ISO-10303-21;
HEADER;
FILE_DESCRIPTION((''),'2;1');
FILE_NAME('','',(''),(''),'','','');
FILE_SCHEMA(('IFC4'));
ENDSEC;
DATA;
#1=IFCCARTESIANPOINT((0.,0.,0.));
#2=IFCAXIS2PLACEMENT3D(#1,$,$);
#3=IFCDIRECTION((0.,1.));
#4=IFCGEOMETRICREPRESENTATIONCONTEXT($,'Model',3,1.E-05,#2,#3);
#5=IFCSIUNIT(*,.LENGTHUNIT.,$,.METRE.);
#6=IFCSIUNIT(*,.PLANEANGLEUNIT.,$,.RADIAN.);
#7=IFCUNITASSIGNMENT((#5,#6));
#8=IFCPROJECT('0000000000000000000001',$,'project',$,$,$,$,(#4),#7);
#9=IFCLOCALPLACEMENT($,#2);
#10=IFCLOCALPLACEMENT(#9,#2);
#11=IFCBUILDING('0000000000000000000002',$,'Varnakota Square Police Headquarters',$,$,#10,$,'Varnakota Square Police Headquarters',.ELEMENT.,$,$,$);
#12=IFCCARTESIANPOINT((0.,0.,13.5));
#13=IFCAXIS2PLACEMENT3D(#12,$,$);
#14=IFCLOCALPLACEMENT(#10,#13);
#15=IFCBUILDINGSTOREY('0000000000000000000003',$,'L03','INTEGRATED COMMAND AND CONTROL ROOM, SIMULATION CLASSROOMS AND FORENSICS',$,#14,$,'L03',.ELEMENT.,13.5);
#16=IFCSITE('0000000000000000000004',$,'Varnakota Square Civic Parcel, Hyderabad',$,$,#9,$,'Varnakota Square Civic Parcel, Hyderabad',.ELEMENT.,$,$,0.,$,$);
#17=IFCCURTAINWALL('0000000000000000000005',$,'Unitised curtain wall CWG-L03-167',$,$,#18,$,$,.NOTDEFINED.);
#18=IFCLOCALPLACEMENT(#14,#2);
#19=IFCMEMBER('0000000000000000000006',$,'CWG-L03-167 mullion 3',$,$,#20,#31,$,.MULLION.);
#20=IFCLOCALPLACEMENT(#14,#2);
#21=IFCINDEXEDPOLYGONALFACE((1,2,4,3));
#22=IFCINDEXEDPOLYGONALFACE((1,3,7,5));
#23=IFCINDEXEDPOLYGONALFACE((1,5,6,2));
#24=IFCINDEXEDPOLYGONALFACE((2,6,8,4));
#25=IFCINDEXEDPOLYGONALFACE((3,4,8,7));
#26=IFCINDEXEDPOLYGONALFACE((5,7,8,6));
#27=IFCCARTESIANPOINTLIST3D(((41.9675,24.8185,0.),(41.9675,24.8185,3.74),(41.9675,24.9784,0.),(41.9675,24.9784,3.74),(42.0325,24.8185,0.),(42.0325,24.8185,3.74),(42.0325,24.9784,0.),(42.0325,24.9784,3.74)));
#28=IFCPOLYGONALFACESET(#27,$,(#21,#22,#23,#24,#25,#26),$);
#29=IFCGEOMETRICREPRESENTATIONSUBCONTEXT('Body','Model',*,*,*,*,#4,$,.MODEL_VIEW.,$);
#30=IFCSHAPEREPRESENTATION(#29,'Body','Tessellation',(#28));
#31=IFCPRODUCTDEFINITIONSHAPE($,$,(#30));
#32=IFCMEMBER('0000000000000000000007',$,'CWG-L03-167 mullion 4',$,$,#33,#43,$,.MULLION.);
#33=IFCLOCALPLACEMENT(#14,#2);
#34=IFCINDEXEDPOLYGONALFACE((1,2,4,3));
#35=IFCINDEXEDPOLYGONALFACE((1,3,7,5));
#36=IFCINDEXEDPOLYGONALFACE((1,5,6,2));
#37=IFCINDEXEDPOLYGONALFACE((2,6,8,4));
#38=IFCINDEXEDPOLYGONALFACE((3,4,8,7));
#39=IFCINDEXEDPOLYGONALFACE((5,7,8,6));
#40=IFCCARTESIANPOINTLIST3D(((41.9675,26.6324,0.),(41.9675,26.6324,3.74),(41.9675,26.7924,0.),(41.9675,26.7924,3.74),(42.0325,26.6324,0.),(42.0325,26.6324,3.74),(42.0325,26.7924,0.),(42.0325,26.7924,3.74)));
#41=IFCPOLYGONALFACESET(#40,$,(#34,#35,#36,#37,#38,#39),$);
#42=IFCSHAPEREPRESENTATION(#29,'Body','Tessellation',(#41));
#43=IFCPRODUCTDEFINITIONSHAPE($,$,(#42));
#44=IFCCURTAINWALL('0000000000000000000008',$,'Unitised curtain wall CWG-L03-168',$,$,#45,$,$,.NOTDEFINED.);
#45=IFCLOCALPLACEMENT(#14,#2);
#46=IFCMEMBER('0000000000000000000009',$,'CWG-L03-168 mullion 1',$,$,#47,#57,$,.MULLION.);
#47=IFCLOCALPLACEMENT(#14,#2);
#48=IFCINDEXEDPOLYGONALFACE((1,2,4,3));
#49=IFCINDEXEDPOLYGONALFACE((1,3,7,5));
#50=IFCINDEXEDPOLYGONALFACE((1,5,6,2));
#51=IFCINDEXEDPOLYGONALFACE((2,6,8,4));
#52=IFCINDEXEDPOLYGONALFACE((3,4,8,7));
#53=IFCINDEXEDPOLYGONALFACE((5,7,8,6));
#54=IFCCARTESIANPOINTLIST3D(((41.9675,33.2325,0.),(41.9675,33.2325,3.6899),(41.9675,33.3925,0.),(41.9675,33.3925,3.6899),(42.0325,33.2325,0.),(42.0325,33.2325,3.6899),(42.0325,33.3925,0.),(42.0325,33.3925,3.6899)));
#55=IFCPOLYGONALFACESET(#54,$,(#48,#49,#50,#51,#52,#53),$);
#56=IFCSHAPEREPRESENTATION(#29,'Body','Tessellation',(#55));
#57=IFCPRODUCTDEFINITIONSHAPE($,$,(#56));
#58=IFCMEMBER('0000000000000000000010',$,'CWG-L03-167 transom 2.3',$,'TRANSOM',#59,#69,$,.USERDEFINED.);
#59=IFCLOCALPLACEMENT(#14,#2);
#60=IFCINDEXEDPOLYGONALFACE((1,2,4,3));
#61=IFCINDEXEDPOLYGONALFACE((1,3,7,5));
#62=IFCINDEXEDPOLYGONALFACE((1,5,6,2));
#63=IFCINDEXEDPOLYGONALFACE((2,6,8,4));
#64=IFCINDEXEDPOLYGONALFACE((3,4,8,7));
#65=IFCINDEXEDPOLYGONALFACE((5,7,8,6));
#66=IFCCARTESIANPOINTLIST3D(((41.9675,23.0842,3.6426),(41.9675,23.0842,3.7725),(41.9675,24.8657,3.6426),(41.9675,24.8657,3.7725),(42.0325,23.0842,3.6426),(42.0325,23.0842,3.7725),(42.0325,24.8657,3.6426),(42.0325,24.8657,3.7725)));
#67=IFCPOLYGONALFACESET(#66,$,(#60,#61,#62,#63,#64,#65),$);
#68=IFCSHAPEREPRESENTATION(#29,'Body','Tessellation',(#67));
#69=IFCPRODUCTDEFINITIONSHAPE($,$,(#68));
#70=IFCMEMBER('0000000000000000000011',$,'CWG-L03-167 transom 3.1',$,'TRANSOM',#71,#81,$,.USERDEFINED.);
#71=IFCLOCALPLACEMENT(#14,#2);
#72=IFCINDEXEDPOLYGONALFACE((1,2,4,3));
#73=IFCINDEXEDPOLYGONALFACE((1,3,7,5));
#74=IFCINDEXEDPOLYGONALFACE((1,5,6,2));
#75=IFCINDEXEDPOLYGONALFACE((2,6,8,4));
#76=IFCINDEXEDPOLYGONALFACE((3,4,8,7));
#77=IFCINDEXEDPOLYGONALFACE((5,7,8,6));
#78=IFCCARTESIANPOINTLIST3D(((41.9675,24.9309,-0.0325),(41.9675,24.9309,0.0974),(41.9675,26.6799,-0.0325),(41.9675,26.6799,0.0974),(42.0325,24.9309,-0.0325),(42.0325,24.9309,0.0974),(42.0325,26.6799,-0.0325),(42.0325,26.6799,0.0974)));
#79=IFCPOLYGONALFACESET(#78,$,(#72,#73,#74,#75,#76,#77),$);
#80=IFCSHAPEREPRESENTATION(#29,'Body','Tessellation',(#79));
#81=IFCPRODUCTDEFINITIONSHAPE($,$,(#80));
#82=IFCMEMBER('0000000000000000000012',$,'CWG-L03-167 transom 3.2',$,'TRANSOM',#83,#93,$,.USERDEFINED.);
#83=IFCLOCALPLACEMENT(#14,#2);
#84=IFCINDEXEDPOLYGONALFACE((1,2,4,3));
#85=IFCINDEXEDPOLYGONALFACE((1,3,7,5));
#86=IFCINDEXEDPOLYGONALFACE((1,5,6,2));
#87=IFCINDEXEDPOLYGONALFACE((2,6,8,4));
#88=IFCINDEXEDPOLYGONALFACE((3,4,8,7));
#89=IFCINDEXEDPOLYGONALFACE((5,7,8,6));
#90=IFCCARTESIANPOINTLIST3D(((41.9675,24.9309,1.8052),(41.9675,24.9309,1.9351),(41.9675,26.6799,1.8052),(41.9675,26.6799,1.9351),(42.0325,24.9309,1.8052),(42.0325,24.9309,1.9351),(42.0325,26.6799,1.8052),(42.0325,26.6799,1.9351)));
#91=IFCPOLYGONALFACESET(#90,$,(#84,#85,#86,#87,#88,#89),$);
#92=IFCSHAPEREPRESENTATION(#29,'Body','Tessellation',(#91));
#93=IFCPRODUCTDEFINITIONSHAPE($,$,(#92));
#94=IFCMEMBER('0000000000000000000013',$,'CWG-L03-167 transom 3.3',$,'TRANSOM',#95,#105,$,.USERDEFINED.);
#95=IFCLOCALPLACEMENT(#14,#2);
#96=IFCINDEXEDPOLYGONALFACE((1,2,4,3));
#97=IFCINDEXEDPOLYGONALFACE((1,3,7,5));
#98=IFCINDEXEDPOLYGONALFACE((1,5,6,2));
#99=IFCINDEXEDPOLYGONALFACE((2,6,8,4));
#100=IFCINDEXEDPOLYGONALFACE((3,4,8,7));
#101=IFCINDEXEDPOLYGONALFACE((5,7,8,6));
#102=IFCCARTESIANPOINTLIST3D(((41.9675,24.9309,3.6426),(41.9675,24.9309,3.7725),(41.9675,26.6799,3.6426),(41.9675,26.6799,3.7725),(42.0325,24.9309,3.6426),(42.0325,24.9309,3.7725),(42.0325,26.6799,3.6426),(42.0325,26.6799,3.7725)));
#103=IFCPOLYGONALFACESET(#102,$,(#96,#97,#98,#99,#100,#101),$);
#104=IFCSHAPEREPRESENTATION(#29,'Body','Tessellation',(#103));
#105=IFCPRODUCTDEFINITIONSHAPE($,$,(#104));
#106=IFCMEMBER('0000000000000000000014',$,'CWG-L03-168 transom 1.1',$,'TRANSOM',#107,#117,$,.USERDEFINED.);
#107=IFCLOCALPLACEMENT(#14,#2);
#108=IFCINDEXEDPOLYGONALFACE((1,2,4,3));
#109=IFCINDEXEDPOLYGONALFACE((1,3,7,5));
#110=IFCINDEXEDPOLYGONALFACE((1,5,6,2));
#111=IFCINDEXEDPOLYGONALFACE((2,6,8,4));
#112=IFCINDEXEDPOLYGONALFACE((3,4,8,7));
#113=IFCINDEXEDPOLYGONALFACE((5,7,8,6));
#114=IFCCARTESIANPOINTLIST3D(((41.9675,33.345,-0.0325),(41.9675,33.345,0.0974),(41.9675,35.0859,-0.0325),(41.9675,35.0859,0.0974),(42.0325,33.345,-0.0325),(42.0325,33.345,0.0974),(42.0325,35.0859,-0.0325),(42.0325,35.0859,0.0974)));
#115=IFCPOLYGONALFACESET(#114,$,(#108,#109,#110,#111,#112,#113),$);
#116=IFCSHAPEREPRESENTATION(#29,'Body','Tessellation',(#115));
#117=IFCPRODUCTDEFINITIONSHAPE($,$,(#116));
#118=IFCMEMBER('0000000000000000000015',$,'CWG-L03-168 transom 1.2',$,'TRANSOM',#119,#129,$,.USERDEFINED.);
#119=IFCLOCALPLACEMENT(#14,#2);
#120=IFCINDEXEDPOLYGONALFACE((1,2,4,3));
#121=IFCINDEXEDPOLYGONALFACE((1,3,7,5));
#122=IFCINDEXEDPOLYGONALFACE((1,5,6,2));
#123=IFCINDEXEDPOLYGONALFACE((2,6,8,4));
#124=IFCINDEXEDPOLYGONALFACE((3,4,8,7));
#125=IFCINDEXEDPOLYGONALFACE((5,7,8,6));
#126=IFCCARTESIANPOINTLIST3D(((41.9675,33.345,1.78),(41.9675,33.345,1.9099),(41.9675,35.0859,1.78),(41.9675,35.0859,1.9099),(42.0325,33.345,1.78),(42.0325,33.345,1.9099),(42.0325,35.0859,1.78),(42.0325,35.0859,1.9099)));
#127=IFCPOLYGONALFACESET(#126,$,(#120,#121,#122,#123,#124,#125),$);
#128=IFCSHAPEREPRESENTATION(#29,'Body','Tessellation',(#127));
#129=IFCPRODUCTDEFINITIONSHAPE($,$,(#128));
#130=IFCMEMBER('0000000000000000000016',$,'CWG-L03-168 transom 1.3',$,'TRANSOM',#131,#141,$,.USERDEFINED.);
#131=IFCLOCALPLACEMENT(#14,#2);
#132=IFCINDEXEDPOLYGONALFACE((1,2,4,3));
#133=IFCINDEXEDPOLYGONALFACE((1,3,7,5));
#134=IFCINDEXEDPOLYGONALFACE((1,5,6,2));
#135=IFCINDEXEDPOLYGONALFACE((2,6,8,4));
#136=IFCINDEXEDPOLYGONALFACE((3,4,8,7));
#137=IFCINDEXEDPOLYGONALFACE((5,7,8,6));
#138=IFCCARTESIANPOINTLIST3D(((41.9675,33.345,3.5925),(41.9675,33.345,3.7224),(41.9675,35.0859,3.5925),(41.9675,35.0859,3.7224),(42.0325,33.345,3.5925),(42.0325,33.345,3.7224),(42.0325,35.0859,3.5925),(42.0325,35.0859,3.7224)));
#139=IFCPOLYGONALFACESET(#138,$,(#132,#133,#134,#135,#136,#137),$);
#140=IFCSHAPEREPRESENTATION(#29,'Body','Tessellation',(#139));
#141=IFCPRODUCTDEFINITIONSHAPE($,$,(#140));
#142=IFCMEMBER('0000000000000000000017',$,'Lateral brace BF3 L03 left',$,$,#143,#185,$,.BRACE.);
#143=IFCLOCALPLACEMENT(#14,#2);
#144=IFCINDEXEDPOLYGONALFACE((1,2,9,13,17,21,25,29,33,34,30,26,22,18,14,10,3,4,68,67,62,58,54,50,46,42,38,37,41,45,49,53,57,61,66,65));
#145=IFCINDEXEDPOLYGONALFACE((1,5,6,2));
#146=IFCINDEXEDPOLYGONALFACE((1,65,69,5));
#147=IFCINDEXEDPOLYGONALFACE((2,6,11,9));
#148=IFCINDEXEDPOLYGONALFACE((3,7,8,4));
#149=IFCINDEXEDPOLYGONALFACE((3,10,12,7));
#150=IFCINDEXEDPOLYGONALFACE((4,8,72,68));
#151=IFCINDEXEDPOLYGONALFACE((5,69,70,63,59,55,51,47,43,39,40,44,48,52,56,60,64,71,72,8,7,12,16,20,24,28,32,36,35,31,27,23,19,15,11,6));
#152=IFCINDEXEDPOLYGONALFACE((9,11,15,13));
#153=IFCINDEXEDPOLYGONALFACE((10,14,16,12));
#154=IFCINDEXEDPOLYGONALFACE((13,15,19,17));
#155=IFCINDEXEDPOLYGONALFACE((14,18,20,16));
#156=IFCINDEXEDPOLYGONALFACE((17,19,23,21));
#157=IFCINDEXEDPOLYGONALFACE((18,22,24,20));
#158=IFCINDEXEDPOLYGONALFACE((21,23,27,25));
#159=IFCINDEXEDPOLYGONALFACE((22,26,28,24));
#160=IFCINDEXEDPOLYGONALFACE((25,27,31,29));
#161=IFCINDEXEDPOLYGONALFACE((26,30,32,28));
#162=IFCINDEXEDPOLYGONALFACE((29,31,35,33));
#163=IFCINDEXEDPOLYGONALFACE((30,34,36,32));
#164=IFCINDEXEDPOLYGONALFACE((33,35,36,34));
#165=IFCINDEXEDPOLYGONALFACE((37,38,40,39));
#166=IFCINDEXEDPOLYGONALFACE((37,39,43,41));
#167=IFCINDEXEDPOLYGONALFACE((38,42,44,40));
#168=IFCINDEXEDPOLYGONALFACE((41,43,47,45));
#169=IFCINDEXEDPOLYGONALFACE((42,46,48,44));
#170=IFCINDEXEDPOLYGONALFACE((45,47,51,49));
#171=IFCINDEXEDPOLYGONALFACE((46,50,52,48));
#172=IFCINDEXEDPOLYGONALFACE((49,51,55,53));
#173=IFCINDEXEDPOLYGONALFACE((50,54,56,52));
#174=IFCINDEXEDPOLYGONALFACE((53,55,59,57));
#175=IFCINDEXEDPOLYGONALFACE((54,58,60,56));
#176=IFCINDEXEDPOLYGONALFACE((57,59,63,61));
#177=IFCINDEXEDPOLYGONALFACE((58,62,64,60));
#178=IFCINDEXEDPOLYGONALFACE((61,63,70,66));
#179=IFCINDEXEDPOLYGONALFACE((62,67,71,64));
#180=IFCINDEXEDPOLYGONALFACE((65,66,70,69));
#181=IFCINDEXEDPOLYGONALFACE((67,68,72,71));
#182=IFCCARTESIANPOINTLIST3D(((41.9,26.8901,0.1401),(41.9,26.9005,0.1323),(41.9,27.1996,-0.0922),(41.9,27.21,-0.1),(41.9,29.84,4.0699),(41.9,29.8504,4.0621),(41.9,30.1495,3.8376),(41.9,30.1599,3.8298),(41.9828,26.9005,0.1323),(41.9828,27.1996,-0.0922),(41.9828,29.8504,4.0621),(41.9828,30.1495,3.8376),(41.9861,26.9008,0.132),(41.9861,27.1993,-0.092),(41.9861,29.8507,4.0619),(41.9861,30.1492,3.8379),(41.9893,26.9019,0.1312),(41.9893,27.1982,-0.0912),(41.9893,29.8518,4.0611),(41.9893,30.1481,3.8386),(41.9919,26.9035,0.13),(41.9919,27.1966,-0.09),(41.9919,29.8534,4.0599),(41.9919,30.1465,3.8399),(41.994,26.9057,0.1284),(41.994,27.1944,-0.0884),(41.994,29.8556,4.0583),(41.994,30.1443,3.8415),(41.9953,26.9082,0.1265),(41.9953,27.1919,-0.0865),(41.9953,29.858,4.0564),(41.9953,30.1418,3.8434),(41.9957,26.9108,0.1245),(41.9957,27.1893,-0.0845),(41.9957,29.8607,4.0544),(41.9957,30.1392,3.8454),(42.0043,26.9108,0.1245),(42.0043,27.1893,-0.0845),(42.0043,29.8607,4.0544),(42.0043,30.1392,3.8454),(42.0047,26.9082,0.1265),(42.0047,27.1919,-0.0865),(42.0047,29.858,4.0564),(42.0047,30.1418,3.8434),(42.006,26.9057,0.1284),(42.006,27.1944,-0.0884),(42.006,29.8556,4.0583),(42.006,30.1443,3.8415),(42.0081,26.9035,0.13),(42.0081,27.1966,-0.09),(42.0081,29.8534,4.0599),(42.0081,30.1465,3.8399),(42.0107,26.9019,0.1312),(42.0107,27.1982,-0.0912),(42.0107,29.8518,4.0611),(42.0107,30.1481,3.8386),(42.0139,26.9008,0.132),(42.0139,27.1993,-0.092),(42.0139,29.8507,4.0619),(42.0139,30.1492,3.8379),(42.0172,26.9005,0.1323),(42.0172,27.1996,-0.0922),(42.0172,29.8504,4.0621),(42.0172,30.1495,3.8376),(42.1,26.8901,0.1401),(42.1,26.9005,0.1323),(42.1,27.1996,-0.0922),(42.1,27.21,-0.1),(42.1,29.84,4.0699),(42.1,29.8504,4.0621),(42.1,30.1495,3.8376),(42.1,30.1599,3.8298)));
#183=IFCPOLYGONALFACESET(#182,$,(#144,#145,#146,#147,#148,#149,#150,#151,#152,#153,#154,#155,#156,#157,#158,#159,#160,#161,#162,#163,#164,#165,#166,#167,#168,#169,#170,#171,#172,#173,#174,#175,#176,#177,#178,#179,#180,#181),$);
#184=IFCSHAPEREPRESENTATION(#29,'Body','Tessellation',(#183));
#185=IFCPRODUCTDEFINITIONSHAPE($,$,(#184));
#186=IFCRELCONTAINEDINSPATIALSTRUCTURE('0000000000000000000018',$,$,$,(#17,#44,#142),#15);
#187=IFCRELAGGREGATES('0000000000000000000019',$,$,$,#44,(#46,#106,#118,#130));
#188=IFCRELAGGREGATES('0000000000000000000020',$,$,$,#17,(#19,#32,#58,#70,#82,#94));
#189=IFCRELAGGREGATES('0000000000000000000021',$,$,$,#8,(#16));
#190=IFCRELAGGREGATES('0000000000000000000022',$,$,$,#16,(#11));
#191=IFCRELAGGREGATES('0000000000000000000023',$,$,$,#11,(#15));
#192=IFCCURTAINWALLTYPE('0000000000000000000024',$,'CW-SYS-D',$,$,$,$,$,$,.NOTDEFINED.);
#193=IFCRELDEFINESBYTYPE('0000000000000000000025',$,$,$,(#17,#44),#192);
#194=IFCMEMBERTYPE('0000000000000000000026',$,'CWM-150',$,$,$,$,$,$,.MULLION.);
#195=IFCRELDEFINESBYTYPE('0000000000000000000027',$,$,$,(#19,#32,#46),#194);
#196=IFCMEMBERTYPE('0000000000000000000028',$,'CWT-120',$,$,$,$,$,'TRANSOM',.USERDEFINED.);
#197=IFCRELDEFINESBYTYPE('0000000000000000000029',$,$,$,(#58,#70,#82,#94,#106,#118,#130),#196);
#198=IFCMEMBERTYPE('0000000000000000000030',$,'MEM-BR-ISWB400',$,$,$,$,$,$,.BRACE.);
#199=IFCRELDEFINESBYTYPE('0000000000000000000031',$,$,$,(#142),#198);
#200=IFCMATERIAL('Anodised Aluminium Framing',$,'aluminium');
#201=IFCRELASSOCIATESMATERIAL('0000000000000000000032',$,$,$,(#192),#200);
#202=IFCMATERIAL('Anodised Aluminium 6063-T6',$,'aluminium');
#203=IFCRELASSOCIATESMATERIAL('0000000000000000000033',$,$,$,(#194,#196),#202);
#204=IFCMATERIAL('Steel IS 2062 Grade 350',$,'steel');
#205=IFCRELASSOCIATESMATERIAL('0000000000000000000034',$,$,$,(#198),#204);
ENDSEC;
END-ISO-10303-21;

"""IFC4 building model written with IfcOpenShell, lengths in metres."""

from ifc_helpers import new_model, si_unit, direction, frame, origin, origin_2d, place, context, subcontext, project, spatial, rectangle, i_section, extrude, material, material_profile, profile_set, type_object, element, aggregate, save


model = new_model("IFC4")

# Units and contexts
model_context = context("Model", 3, precision=1e-05, world=origin(), true_north=direction((0.0, 1.0)))
body_context = subcontext(model_context, "Body", "Model", "MODEL_VIEW")
ifc_project = project(units=[si_unit("LENGTHUNIT", "METRE"), si_unit("PLANEANGLEUNIT", "RADIAN")], contexts=[model_context])

# Site, building, storey
site_placement = place(None, origin())
site = spatial("IfcSite", under=ifc_project, at=site_placement, Name="Varnakota Square Civic Parcel, Hyderabad", LongName="Varnakota Square Civic Parcel, Hyderabad", CompositionType="ELEMENT", RefElevation=0.0)
building_placement = place(site_placement, origin())
building = spatial("IfcBuilding", under=site, at=building_placement, Name="Varnakota Square Police Headquarters", LongName="Varnakota Square Police Headquarters", CompositionType="ELEMENT")
storey_placement = place(building_placement, frame((0.0, 0.0, 13.5)))
storey = spatial("IfcBuildingStorey", under=building, at=storey_placement, Name="L03", Description="INTEGRATED COMMAND AND CONTROL ROOM, SIMULATION CLASSROOMS AND FORENSICS", LongName="L03", CompositionType="ELEMENT", Elevation=13.5)

# Shared definitions
ifc_material_1 = material(Name="Steel IS 2062 Grade 350", Category="steel")

# Curtain wall, members
ifc_material_2 = material(Name="Anodised Aluminium Framing", Category="aluminium")
curtain_wall_type = type_object("IfcCurtainWallType", Name="CW-SYS-D", PredefinedType="NOTDEFINED", material=ifc_material_2)
curtain_wall_1_placement = place(storey_placement, origin())
curtain_wall_1 = element("IfcCurtainWall", 1, at=curtain_wall_1_placement, inside=storey, type_object=curtain_wall_type, Name="Unitised curtain wall CWG-L03-167", PredefinedType="NOTDEFINED")
ifc_material_3 = material(Name="Anodised Aluminium 6063-T6", Category="aluminium")
ifc_material_profile_1 = material_profile(ifc_material_3, rectangle(XDim=0.0649, YDim=0.1599, at=origin_2d()), Name="ALU MULLION 65x160")
ifc_profile_set_1 = profile_set([ifc_material_profile_1], Name="Anodised Aluminium 6063-T6")
member_type_1 = type_object("IfcMemberType", Name="CWM-150", PredefinedType="MULLION", material=ifc_profile_set_1)
member_1_placement = place(storey_placement, frame((42.0, 24.8984, 0.0), z_axis=(0.0, 0.0, 1.0), x_axis=(-1.0, 0.0, 0.0)))
member_1 = element("IfcMember", 2, at=member_1_placement, type_object=member_type_1, Name="CWG-L03-167 mullion 3", PredefinedType="MULLION", context=body_context, shape_type="SweptSolid", body=[
    extrude(rectangle(XDim=0.0649, YDim=0.1599, at=origin_2d()), origin(), (0.0, 0.0, 1.0), 3.74),
])
member_2_placement = place(storey_placement, frame((42.0, 26.7124, 0.0), z_axis=(0.0, 0.0, 1.0), x_axis=(-1.0, 0.0, 0.0)))
member_2 = element("IfcMember", 3, at=member_2_placement, type_object=member_type_1, Name="CWG-L03-167 mullion 4", PredefinedType="MULLION", context=body_context, shape_type="SweptSolid", body=[
    extrude(rectangle(XDim=0.0649, YDim=0.1599, at=origin_2d()), origin(), (0.0, 0.0, 1.0), 3.74),
])

# Curtain wall, member
curtain_wall_2_placement = place(storey_placement, origin())
curtain_wall_2 = element("IfcCurtainWall", 4, at=curtain_wall_2_placement, inside=storey, type_object=curtain_wall_type, Name="Unitised curtain wall CWG-L03-168", PredefinedType="NOTDEFINED")
member_3_placement = place(storey_placement, frame((42.0, 33.3125, 0.0), z_axis=(0.0, 0.0, 1.0), x_axis=(-1.0, 0.0, 0.0)))
member_3 = element("IfcMember", 5, at=member_3_placement, type_object=member_type_1, Name="CWG-L03-168 mullion 1", PredefinedType="MULLION", context=body_context, shape_type="SweptSolid", body=[
    extrude(rectangle(XDim=0.0649, YDim=0.1599, at=origin_2d()), origin(), (0.0, 0.0, 1.0), 3.6899),
])

# Members
ifc_material_profile_2 = material_profile(ifc_material_3, rectangle(XDim=0.0649, YDim=0.1299, at=origin_2d()), Name="ALU TRANSOM 65x130")
ifc_profile_set_2 = profile_set([ifc_material_profile_2], Name="Anodised Aluminium 6063-T6")
member_type_2 = type_object("IfcMemberType", Name="CWT-120", ElementType="TRANSOM", PredefinedType="USERDEFINED", material=ifc_profile_set_2)
member_4_placement = place(storey_placement, frame((42.0, 23.0842, 3.7075), z_axis=(0.0, 1.0, 0.0), x_axis=(-1.0, 0.0, 0.0)))
member_4 = element("IfcMember", 6, at=member_4_placement, type_object=member_type_2, Name="CWG-L03-167 transom 2.3", ObjectType="TRANSOM", PredefinedType="USERDEFINED", context=body_context, shape_type="SweptSolid", body=[
    extrude(rectangle(XDim=0.0649, YDim=0.1299, at=origin_2d()), origin(), (0.0, 0.0, 1.0), 1.7815),
])
member_5_placement = place(storey_placement, frame((42.0, 24.9309, 0.0325), z_axis=(0.0, 1.0, 0.0), x_axis=(-1.0, 0.0, 0.0)))
member_5 = element("IfcMember", 7, at=member_5_placement, type_object=member_type_2, Name="CWG-L03-167 transom 3.1", ObjectType="TRANSOM", PredefinedType="USERDEFINED", context=body_context, shape_type="SweptSolid", body=[
    extrude(rectangle(XDim=0.0649, YDim=0.1299, at=origin_2d()), origin(), (0.0, 0.0, 1.0), 1.749),
])
member_6_placement = place(storey_placement, frame((42.0, 24.9309, 1.8701), z_axis=(0.0, 1.0, 0.0), x_axis=(-1.0, 0.0, 0.0)))
member_6 = element("IfcMember", 8, at=member_6_placement, type_object=member_type_2, Name="CWG-L03-167 transom 3.2", ObjectType="TRANSOM", PredefinedType="USERDEFINED", context=body_context, shape_type="SweptSolid", body=[
    extrude(rectangle(XDim=0.0649, YDim=0.1299, at=origin_2d()), origin(), (0.0, 0.0, 1.0), 1.749),
])
member_7_placement = place(storey_placement, frame((42.0, 24.9309, 3.7075), z_axis=(0.0, 1.0, 0.0), x_axis=(-1.0, 0.0, 0.0)))
member_7 = element("IfcMember", 9, at=member_7_placement, type_object=member_type_2, Name="CWG-L03-167 transom 3.3", ObjectType="TRANSOM", PredefinedType="USERDEFINED", context=body_context, shape_type="SweptSolid", body=[
    extrude(rectangle(XDim=0.0649, YDim=0.1299, at=origin_2d()), origin(), (0.0, 0.0, 1.0), 1.749),
])
member_8_placement = place(storey_placement, frame((42.0, 33.345, 0.0325), z_axis=(0.0, 1.0, 0.0), x_axis=(-1.0, 0.0, 0.0)))
member_8 = element("IfcMember", 10, at=member_8_placement, type_object=member_type_2, Name="CWG-L03-168 transom 1.1", ObjectType="TRANSOM", PredefinedType="USERDEFINED", context=body_context, shape_type="SweptSolid", body=[
    extrude(rectangle(XDim=0.0649, YDim=0.1299, at=origin_2d()), origin(), (0.0, 0.0, 1.0), 1.741),
])
member_9_placement = place(storey_placement, frame((42.0, 33.345, 1.845), z_axis=(0.0, 1.0, 0.0), x_axis=(-1.0, 0.0, 0.0)))
member_9 = element("IfcMember", 11, at=member_9_placement, type_object=member_type_2, Name="CWG-L03-168 transom 1.2", ObjectType="TRANSOM", PredefinedType="USERDEFINED", context=body_context, shape_type="SweptSolid", body=[
    extrude(rectangle(XDim=0.0649, YDim=0.1299, at=origin_2d()), origin(), (0.0, 0.0, 1.0), 1.741),
])
member_10_placement = place(storey_placement, frame((42.0, 33.345, 3.6575), z_axis=(0.0, 1.0, 0.0), x_axis=(-1.0, 0.0, 0.0)))
member_10 = element("IfcMember", 12, at=member_10_placement, type_object=member_type_2, Name="CWG-L03-168 transom 1.3", ObjectType="TRANSOM", PredefinedType="USERDEFINED", context=body_context, shape_type="SweptSolid", body=[
    extrude(rectangle(XDim=0.0649, YDim=0.1299, at=origin_2d()), origin(), (0.0, 0.0, 1.0), 1.741),
])
aggregate(curtain_wall_2, [member_3, member_8, member_9, member_10])

# Member
ifc_material_profile_3 = material_profile(ifc_material_1, i_section(OverallWidth=0.2, OverallDepth=0.3999, WebThickness=0.0085, FlangeThickness=0.0129, FilletRadius=0.0129, at=origin_2d()), Name="ISWB 400")
ifc_profile_set_3 = profile_set([ifc_material_profile_3], Name="Steel IS 2062 Grade 350")
member_type_3 = type_object("IfcMemberType", Name="MEM-BR-ISWB400", PredefinedType="BRACE", material=ifc_profile_set_3)
for number, where, z_axis, x_axis, name in (
    (13, (42.0, 27.05, 0.02), (0.0, 0.600326, 0.799755), (-1.0, 0.0, 0.0), "Lateral brace BF3 L03 left"),
):
    element("IfcMember", number, at=place(storey_placement, frame(where, z_axis=z_axis, x_axis=x_axis)), inside=storey, type_object=member_type_3, Name=name, PredefinedType="BRACE", context=body_context, shape_type="SweptSolid", body=[
        extrude(i_section(OverallWidth=0.2, OverallDepth=0.3999, WebThickness=0.0085, FlangeThickness=0.0129, FilletRadius=0.0129, at=origin_2d()), origin(), (0.0, 0.0, 1.0), 4.9138),
    ])

aggregate(curtain_wall_1, [member_1, member_2, member_4, member_5, member_6, member_7])

save(model, "model.ifc")
